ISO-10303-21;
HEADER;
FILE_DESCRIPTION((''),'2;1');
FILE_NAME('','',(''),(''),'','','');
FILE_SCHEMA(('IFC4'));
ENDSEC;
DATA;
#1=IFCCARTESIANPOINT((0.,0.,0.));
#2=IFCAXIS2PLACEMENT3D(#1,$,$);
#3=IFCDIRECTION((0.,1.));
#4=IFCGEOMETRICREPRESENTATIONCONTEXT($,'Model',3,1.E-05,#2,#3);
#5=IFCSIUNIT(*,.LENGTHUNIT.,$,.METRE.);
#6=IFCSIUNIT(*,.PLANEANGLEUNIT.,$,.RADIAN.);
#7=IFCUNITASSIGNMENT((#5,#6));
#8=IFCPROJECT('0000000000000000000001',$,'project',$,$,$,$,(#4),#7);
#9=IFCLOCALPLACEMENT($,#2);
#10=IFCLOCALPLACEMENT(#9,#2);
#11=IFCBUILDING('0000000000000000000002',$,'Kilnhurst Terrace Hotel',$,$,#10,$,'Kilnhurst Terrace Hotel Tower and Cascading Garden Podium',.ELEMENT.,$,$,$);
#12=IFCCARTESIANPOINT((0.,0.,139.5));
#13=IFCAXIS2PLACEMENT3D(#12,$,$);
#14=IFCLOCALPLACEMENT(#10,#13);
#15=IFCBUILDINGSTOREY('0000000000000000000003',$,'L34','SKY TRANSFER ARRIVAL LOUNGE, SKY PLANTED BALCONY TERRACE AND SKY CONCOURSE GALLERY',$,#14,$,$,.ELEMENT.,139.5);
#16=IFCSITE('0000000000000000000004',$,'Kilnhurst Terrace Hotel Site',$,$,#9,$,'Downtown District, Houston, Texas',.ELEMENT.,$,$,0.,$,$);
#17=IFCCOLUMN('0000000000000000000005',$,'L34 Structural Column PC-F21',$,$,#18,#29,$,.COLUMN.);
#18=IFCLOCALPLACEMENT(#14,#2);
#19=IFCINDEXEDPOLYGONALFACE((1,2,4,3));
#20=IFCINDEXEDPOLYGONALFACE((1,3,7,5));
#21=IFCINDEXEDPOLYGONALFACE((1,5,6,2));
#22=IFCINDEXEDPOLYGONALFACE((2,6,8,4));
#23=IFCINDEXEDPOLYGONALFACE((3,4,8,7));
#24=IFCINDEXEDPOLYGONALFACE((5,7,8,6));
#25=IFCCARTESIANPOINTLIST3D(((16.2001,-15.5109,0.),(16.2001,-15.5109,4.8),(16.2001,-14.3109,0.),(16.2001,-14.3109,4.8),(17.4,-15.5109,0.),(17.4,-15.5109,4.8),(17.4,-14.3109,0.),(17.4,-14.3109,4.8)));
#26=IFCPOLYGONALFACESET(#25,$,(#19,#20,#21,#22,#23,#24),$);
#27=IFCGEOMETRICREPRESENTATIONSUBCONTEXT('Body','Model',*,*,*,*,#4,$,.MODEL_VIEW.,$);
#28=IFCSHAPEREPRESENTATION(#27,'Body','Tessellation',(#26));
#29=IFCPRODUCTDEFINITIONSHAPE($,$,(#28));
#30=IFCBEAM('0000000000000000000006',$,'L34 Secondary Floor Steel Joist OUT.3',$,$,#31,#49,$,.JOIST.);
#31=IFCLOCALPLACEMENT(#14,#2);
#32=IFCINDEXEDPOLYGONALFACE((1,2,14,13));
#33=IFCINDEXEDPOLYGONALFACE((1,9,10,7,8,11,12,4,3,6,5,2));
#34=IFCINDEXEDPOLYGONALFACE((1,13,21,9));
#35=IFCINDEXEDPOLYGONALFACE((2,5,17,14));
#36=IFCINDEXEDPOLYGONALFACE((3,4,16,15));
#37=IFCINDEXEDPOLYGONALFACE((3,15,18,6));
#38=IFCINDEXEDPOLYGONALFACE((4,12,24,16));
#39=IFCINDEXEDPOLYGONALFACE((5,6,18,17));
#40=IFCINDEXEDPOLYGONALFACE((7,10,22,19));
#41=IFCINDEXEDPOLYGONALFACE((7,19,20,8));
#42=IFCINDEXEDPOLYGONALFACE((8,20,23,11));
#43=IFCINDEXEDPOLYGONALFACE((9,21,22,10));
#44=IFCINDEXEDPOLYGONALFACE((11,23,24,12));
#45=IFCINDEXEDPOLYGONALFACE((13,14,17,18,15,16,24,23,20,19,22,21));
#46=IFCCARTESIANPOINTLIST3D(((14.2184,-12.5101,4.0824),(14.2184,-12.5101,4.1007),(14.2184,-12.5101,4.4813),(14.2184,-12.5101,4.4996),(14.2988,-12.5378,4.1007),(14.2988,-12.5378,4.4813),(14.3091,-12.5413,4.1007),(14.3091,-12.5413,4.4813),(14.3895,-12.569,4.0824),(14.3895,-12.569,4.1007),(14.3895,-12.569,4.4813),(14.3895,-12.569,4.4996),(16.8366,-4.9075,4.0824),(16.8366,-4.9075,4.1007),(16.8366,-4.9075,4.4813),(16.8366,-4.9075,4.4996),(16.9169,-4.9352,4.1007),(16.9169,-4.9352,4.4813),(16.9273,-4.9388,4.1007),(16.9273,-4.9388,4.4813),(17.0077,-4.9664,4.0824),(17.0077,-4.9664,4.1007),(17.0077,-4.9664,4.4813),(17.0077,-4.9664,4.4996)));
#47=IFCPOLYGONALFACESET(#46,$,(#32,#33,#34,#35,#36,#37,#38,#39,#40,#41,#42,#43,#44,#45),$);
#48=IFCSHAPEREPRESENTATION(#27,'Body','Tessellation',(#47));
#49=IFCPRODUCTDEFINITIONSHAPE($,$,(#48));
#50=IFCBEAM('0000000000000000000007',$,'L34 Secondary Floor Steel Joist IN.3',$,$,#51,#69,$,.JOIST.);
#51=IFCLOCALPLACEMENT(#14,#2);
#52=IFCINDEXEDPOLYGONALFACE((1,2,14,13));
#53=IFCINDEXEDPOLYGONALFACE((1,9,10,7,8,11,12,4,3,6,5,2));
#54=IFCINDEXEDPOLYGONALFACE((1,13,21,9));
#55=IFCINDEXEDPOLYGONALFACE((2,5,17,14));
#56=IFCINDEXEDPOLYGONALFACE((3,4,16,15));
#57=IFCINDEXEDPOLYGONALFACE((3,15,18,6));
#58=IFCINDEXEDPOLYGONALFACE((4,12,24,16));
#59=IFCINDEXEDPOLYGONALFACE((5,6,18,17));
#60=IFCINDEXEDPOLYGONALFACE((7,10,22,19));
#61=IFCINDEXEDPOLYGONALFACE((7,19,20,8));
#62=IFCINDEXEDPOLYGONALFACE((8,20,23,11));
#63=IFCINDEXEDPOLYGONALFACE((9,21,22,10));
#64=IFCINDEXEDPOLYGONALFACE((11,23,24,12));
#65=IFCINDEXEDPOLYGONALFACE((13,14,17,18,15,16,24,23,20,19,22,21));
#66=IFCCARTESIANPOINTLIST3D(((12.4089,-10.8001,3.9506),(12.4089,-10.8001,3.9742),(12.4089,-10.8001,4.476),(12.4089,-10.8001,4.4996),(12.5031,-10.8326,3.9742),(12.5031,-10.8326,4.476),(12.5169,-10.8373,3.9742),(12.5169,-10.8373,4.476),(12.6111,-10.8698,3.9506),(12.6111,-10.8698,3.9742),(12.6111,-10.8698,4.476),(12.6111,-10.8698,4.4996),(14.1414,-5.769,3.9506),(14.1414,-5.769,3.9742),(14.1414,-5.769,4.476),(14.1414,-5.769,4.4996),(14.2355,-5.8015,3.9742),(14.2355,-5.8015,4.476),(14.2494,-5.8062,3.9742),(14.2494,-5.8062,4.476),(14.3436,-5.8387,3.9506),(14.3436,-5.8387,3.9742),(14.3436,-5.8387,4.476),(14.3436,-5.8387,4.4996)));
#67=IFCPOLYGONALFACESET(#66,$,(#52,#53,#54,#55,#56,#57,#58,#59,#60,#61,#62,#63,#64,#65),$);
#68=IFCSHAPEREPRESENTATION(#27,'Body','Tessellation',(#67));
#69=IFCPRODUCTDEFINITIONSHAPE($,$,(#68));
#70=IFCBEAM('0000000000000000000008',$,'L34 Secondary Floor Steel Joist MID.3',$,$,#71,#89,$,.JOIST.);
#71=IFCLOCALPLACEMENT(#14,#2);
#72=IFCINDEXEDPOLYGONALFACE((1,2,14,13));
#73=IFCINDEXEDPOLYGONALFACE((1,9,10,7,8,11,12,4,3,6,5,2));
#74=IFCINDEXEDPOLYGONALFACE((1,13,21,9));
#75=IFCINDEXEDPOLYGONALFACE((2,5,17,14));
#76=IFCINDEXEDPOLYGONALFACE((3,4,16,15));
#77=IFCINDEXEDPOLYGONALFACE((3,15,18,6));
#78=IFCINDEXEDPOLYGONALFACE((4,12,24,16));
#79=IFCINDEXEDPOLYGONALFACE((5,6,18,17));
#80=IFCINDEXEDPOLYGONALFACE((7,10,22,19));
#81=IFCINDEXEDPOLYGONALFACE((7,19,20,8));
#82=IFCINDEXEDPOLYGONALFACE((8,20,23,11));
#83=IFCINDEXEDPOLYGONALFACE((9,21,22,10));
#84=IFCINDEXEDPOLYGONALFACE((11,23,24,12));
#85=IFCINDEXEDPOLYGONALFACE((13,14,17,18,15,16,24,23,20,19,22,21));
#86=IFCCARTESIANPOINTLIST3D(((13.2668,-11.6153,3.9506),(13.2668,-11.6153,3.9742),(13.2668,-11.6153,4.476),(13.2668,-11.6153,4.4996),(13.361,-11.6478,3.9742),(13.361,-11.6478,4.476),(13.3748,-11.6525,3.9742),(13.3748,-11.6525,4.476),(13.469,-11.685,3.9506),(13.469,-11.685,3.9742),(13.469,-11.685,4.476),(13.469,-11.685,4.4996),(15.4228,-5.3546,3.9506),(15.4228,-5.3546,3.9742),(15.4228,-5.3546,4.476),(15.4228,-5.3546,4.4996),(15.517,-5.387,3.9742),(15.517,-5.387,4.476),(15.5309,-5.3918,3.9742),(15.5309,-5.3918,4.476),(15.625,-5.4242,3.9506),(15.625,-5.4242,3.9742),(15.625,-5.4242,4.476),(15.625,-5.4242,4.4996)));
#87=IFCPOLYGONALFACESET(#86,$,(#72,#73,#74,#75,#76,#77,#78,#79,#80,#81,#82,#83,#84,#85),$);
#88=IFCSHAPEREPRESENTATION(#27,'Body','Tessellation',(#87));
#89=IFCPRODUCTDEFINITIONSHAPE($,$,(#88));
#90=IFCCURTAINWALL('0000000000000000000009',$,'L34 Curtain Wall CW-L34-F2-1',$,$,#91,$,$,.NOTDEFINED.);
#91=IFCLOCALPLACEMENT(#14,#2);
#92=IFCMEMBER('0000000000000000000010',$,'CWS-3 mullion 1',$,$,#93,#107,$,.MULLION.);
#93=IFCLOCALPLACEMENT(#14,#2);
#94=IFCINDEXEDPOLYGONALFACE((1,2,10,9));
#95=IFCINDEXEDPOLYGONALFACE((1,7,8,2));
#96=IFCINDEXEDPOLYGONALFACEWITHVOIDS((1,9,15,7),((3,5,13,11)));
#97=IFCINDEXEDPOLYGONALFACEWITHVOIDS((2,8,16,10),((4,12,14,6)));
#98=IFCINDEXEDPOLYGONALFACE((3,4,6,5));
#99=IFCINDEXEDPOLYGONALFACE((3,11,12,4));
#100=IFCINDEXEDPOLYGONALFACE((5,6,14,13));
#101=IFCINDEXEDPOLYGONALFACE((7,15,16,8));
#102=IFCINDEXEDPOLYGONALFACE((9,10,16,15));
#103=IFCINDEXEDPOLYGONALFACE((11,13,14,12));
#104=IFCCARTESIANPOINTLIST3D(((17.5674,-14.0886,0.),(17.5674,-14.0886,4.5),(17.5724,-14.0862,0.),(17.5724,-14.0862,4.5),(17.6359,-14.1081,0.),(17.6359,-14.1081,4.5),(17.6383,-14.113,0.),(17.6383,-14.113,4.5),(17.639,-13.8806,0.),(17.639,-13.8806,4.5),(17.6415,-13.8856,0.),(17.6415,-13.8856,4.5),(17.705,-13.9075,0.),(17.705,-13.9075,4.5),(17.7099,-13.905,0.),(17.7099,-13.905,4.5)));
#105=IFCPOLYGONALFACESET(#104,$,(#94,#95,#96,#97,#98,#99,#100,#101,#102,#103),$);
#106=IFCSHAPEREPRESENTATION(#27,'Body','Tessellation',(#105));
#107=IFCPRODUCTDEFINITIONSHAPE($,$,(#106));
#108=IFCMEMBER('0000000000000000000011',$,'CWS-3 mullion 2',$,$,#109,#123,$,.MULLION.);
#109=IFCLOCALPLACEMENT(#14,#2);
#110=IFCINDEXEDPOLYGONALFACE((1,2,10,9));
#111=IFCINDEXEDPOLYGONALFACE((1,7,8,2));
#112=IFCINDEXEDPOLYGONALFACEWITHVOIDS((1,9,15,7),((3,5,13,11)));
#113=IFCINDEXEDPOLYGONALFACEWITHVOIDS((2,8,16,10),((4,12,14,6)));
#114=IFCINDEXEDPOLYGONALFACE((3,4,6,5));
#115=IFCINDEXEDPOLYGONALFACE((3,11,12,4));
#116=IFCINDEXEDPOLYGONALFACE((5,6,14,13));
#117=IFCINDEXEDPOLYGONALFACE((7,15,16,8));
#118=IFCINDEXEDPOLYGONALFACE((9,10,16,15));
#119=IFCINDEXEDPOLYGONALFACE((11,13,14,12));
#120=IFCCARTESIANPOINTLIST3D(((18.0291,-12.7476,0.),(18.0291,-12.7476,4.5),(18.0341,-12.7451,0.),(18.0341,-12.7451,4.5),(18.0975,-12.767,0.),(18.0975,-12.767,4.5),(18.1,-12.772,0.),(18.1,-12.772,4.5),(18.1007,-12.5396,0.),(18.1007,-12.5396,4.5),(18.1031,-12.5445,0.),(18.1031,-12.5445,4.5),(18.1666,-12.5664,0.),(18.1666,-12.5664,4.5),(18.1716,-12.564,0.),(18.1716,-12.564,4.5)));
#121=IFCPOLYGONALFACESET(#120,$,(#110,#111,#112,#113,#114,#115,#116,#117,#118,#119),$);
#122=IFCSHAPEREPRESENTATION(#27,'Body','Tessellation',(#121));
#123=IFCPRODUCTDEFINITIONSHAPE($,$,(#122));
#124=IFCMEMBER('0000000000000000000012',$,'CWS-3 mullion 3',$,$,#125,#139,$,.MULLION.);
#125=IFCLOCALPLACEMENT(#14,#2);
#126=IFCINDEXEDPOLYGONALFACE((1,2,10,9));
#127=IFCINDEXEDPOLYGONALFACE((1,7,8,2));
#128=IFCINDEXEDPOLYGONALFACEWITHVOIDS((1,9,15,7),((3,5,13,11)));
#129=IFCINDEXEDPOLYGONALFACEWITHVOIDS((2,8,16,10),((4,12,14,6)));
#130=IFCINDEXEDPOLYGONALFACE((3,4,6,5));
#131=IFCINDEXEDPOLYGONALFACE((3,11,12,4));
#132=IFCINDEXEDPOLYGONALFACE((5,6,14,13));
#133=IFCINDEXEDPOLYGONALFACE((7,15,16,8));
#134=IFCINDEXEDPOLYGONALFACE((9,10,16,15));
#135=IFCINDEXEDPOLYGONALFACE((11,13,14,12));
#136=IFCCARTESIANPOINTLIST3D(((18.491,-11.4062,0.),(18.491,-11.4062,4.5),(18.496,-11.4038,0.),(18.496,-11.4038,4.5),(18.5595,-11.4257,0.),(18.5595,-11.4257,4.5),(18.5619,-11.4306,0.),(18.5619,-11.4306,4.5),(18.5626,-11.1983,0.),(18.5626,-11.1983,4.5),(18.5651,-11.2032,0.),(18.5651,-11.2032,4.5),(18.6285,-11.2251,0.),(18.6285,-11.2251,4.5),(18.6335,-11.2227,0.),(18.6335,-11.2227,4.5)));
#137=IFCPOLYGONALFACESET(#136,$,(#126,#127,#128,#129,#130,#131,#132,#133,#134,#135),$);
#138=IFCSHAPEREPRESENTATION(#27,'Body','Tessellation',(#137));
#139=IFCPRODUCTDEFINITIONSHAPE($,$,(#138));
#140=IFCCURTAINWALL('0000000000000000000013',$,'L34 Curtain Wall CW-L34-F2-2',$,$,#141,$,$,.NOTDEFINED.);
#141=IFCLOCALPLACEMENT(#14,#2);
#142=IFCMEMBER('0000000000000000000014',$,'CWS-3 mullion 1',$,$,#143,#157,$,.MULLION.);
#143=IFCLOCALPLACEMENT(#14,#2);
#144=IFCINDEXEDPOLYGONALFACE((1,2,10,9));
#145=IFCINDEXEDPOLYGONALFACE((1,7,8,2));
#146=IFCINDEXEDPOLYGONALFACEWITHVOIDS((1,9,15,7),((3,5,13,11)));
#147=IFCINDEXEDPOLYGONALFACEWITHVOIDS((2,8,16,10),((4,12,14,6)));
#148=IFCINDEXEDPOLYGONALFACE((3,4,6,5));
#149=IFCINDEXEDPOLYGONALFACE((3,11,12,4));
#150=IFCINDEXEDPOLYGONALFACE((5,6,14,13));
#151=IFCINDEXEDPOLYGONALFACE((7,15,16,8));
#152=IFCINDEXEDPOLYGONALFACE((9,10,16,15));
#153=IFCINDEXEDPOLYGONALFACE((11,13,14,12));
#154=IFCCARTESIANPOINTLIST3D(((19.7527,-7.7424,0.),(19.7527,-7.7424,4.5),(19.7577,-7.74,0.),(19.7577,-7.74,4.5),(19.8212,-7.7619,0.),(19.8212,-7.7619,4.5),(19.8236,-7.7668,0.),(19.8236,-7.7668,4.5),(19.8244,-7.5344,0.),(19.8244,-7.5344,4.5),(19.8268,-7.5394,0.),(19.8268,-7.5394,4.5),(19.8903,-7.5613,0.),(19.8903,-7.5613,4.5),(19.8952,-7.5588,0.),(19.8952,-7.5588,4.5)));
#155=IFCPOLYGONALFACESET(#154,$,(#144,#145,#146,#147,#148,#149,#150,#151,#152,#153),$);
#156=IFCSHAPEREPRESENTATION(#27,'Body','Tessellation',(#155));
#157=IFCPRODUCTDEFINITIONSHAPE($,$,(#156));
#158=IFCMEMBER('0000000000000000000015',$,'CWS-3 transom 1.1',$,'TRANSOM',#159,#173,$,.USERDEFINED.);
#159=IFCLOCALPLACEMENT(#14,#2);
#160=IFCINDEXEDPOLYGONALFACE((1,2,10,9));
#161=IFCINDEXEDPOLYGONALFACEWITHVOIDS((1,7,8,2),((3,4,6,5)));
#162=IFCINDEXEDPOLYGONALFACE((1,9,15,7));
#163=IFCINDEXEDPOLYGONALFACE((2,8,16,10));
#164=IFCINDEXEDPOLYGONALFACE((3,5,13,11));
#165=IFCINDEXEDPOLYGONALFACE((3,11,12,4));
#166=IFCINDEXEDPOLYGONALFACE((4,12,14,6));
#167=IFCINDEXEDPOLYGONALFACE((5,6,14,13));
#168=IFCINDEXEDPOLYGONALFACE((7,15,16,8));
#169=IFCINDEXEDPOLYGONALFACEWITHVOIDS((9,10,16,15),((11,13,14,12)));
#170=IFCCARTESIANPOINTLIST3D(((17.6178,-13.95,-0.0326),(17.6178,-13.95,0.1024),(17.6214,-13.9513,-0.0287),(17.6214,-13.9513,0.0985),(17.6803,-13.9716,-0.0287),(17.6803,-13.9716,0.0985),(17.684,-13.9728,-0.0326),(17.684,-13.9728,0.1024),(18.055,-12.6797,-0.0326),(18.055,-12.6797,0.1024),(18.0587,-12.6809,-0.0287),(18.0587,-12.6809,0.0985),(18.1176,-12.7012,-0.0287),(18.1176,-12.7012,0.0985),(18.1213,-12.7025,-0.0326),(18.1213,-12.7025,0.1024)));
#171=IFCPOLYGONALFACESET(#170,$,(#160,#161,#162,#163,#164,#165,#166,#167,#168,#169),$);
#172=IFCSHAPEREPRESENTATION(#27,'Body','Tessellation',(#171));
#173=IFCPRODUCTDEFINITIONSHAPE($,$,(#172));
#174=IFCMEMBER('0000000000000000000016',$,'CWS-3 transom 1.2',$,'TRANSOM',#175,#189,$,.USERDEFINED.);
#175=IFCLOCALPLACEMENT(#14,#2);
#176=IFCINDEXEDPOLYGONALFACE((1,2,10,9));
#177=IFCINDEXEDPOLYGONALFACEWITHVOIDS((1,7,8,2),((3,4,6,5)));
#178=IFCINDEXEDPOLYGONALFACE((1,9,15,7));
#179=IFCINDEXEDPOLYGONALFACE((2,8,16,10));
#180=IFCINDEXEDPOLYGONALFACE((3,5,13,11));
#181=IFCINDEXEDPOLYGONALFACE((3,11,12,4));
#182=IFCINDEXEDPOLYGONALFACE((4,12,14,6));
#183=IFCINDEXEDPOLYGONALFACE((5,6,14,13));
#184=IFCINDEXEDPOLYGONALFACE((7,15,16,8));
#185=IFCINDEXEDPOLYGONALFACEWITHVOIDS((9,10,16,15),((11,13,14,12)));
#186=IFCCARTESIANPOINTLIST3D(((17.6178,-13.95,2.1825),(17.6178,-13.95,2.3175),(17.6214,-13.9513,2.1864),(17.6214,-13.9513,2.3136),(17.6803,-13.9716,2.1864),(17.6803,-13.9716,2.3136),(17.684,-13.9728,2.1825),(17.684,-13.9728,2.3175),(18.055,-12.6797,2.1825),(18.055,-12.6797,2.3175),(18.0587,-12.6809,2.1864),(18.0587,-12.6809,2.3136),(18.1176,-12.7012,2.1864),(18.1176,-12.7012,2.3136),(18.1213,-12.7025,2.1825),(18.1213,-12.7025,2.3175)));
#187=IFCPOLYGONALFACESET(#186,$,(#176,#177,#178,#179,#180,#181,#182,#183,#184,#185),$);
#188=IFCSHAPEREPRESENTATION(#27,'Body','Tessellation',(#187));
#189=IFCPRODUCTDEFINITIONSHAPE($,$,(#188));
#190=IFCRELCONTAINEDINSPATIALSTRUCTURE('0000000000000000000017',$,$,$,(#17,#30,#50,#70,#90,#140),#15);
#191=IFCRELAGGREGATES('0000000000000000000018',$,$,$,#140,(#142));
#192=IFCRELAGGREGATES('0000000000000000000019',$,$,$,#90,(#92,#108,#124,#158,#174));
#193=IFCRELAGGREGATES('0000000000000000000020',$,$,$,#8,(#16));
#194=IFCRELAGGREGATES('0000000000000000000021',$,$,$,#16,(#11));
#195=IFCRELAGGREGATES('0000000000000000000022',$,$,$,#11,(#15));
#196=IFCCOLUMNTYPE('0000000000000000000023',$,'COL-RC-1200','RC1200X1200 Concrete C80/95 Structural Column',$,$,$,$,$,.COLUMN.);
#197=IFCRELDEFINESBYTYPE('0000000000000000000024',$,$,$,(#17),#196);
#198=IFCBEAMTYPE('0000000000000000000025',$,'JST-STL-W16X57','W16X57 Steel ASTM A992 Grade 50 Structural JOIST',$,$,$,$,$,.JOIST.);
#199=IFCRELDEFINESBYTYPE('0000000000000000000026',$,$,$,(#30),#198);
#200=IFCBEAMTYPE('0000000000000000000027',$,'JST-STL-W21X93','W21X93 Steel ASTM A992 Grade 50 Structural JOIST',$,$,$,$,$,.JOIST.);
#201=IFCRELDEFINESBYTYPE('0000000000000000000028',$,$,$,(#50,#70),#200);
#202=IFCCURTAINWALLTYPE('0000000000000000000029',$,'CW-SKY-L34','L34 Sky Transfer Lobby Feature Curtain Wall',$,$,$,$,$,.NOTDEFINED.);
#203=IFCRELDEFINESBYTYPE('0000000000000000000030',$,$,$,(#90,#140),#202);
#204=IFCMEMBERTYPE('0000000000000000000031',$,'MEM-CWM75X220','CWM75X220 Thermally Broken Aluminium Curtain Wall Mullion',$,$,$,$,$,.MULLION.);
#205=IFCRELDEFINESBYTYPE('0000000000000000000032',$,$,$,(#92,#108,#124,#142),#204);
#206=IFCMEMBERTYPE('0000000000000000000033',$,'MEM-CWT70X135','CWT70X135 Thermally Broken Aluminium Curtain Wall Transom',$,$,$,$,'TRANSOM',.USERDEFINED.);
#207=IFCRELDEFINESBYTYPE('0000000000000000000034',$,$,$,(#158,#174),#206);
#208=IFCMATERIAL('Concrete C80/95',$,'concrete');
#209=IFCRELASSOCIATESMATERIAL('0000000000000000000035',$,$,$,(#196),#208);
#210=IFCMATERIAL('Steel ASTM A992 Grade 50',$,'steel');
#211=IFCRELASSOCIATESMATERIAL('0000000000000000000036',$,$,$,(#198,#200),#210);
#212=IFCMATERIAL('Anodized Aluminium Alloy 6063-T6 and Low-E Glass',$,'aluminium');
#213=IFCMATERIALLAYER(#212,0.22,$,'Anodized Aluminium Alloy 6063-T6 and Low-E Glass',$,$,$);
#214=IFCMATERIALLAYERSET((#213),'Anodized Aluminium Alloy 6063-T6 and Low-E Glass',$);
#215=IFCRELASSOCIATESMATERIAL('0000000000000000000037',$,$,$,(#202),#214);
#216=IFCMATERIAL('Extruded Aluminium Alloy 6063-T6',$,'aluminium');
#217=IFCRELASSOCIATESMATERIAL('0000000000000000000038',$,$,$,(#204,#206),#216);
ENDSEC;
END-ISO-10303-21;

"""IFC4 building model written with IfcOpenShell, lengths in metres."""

from ifc_helpers import new_model, si_unit, direction, frame, origin, origin_2d, place, context, subcontext, project, spatial, rectangle, hollow_rectangle, i_section, extrude, material, layer, layer_set, material_profile, profile_set, type_object, element, aggregate, save


model = new_model("IFC4")

# Units and contexts
model_context = context("Model", 3, precision=1e-05, world=origin(), true_north=direction((0.0, 1.0)))
body_context = subcontext(model_context, "Body", "Model", "MODEL_VIEW")
ifc_project = project(units=[si_unit("LENGTHUNIT", "METRE"), si_unit("PLANEANGLEUNIT", "RADIAN")], contexts=[model_context])

# Site, building, storey
site_placement = place(None, origin())
site = spatial("IfcSite", under=ifc_project, at=site_placement, Name="Kilnhurst Terrace Hotel Site", LongName="Downtown District, Houston, Texas", CompositionType="ELEMENT", RefElevation=0.0)
building_placement = place(site_placement, origin())
building = spatial("IfcBuilding", under=site, at=building_placement, Name="Kilnhurst Terrace Hotel", LongName="Kilnhurst Terrace Hotel Tower and Cascading Garden Podium", CompositionType="ELEMENT")
storey_placement = place(building_placement, frame((0.0, 0.0, 139.5)))
storey = spatial("IfcBuildingStorey", under=building, at=storey_placement, Name="L34", Description="SKY TRANSFER ARRIVAL LOUNGE, SKY PLANTED BALCONY TERRACE AND SKY CONCOURSE GALLERY", CompositionType="ELEMENT", Elevation=139.5)

# Column
ifc_material_1 = material(Name="Concrete C80/95", Category="concrete")
ifc_material_profile_1 = material_profile(ifc_material_1, rectangle(XDim=1.2, YDim=1.2, at=origin_2d()), Name="RC1200X1200")
ifc_profile_set_1 = profile_set([ifc_material_profile_1], Name="Concrete C80/95")
column_type = type_object("IfcColumnType", Name="COL-RC-1200", Description="RC1200X1200 Concrete C80/95 Structural Column", PredefinedType="COLUMN", material=ifc_profile_set_1)
column_placement = place(storey_placement, frame((16.8, -14.9109, 0.0), z_axis=(0.0, 0.0, 1.0), x_axis=(1.0, 0.0, 0.0)))
element("IfcColumn", 1, at=column_placement, inside=storey, type_object=column_type, Name="L34 Structural Column PC-F21", PredefinedType="COLUMN", context=body_context, shape_type="SweptSolid", body=[
    extrude(rectangle(XDim=1.2, YDim=1.2, at=origin_2d()), origin(), (0.0, 0.0, 1.0), 4.8),
])

# Beams
ifc_material_2 = material(Name="Steel ASTM A992 Grade 50", Category="steel")
ifc_material_profile_2 = material_profile(ifc_material_2, i_section(OverallWidth=0.1809, OverallDepth=0.4172, WebThickness=0.011, FlangeThickness=0.0183, at=origin_2d()), Name="W16X57")
ifc_profile_set_2 = profile_set([ifc_material_profile_2], Name="Steel ASTM A992 Grade 50")
beam_type_1 = type_object("IfcBeamType", Name="JST-STL-W16X57", Description="W16X57 Steel ASTM A992 Grade 50 Structural JOIST", PredefinedType="JOIST", material=ifc_profile_set_2)
beam_1_placement = place(storey_placement, frame((14.304, -12.5396, 4.291), z_axis=(0.325613, 0.945503, 0.0), x_axis=(-0.945503, 0.325613, 0.0)))
element("IfcBeam", 2, at=beam_1_placement, inside=storey, type_object=beam_type_1, Name="L34 Secondary Floor Steel Joist OUT.3", PredefinedType="JOIST", context=body_context, shape_type="SweptSolid", body=[
    extrude(i_section(OverallWidth=0.1809, OverallDepth=0.4172, WebThickness=0.011, FlangeThickness=0.0183, at=origin_2d()), origin(), (0.0, 0.0, 1.0), 8.0408),
])
ifc_material_profile_3 = material_profile(ifc_material_2, i_section(OverallWidth=0.2139, OverallDepth=0.5491, WebThickness=0.0146, FlangeThickness=0.0237, at=origin_2d()), Name="W21X93")
ifc_profile_set_3 = profile_set([ifc_material_profile_3], Name="Steel ASTM A992 Grade 50")
beam_type_2 = type_object("IfcBeamType", Name="JST-STL-W21X93", Description="W21X93 Steel ASTM A992 Grade 50 Structural JOIST", PredefinedType="JOIST", material=ifc_profile_set_3)
beam_2_placement = place(storey_placement, frame((12.51, -10.835, 4.2251), z_axis=(0.325586, 0.945512, 0.0), x_axis=(-0.945512, 0.325586, 0.0)))
element("IfcBeam", 3, at=beam_2_placement, inside=storey, type_object=beam_type_2, Name="L34 Secondary Floor Steel Joist IN.3", PredefinedType="JOIST", context=body_context, shape_type="SweptSolid", body=[
    extrude(i_section(OverallWidth=0.2139, OverallDepth=0.5491, WebThickness=0.0146, FlangeThickness=0.0237, at=origin_2d()), origin(), (0.0, 0.0, 1.0), 5.321),
])
beam_3_placement = place(storey_placement, frame((13.3679, -11.6501, 4.2251), z_axis=(0.325603, 0.945507, 0.0), x_axis=(-0.945507, 0.325603, 0.0)))
element("IfcBeam", 4, at=beam_3_placement, inside=storey, type_object=beam_type_2, Name="L34 Secondary Floor Steel Joist MID.3", PredefinedType="JOIST", context=body_context, shape_type="SweptSolid", body=[
    extrude(i_section(OverallWidth=0.2139, OverallDepth=0.5491, WebThickness=0.0146, FlangeThickness=0.0237, at=origin_2d()), origin(), (0.0, 0.0, 1.0), 6.6216),
])

# Curtain wall, members
ifc_material_3 = material(Name="Anodized Aluminium Alloy 6063-T6 and Low-E Glass", Category="aluminium")
ifc_layer_1 = layer(ifc_material_3, 0.22, Name="Anodized Aluminium Alloy 6063-T6 and Low-E Glass")
ifc_layer_set_1 = layer_set([ifc_layer_1], Name="Anodized Aluminium Alloy 6063-T6 and Low-E Glass")
curtain_wall_type = type_object("IfcCurtainWallType", Name="CW-SKY-L34", Description="L34 Sky Transfer Lobby Feature Curtain Wall", PredefinedType="NOTDEFINED", material=ifc_layer_set_1)
curtain_wall_1_placement = place(storey_placement, origin())
curtain_wall_1 = element("IfcCurtainWall", 5, at=curtain_wall_1_placement, inside=storey, type_object=curtain_wall_type, Name="L34 Curtain Wall CW-L34-F2-1", PredefinedType="NOTDEFINED")
ifc_material_4 = material(Name="Extruded Aluminium Alloy 6063-T6", Category="aluminium")
ifc_material_profile_4 = material_profile(ifc_material_4, hollow_rectangle(XDim=0.075, YDim=0.22, WallThickness=0.0039, at=origin_2d()), Name="CWM75X220")
ifc_profile_set_4 = profile_set([ifc_material_profile_4], Name="Extruded Aluminium Alloy 6063-T6")
member_type_1 = type_object("IfcMemberType", Name="MEM-CWM75X220", Description="CWM75X220 Thermally Broken Aluminium Curtain Wall Mullion", PredefinedType="MULLION", material=ifc_profile_set_4)
member_1_placement = place(storey_placement, frame((17.6387, -13.9968, 0.0), z_axis=(0.0, 0.0, 1.0), x_axis=(-0.945512, 0.325587, 0.0)))
member_1 = element("IfcMember", 6, at=member_1_placement, type_object=member_type_1, Name="CWS-3 mullion 1", PredefinedType="MULLION", context=body_context, shape_type="SweptSolid", body=[
    extrude(hollow_rectangle(XDim=0.075, YDim=0.22, WallThickness=0.0039, at=origin_2d()), origin(), (0.0, 0.0, 1.0), 4.5),
])
member_2_placement = place(storey_placement, frame((18.1003, -12.6558, 0.0), z_axis=(0.0, 0.0, 1.0), x_axis=(-0.945512, 0.325587, 0.0)))
member_2 = element("IfcMember", 7, at=member_2_placement, type_object=member_type_1, Name="CWS-3 mullion 2", PredefinedType="MULLION", context=body_context, shape_type="SweptSolid", body=[
    extrude(hollow_rectangle(XDim=0.075, YDim=0.22, WallThickness=0.0039, at=origin_2d()), origin(), (0.0, 0.0, 1.0), 4.5),
])
member_3_placement = place(storey_placement, frame((18.5623, -11.3145, 0.0), z_axis=(0.0, 0.0, 1.0), x_axis=(-0.945512, 0.325587, 0.0)))
member_3 = element("IfcMember", 8, at=member_3_placement, type_object=member_type_1, Name="CWS-3 mullion 3", PredefinedType="MULLION", context=body_context, shape_type="SweptSolid", body=[
    extrude(hollow_rectangle(XDim=0.075, YDim=0.22, WallThickness=0.0039, at=origin_2d()), origin(), (0.0, 0.0, 1.0), 4.5),
])

# Curtain wall, member
curtain_wall_2_placement = place(storey_placement, origin())
curtain_wall_2 = element("IfcCurtainWall", 9, at=curtain_wall_2_placement, inside=storey, type_object=curtain_wall_type, Name="L34 Curtain Wall CW-L34-F2-2", PredefinedType="NOTDEFINED")
member_4_placement = place(storey_placement, frame((19.824, -7.6506, 0.0), z_axis=(0.0, 0.0, 1.0), x_axis=(-0.945512, 0.325587, 0.0)))
member_4 = element("IfcMember", 10, at=member_4_placement, type_object=member_type_1, Name="CWS-3 mullion 1", PredefinedType="MULLION", context=body_context, shape_type="SweptSolid", body=[
    extrude(hollow_rectangle(XDim=0.075, YDim=0.22, WallThickness=0.0039, at=origin_2d()), origin(), (0.0, 0.0, 1.0), 4.5),
])
aggregate(curtain_wall_2, [member_4])

# Members
ifc_material_profile_5 = material_profile(ifc_material_4, hollow_rectangle(XDim=0.0701, YDim=0.135, WallThickness=0.0039, at=origin_2d()), Name="CWT70X135")
ifc_profile_set_5 = profile_set([ifc_material_profile_5], Name="Extruded Aluminium Alloy 6063-T6")
member_type_2 = type_object("IfcMemberType", Name="MEM-CWT70X135", Description="CWT70X135 Thermally Broken Aluminium Curtain Wall Transom", ElementType="TRANSOM", PredefinedType="USERDEFINED", material=ifc_profile_set_5)
member_5_placement = place(storey_placement, frame((17.6509, -13.9614, 0.0349), z_axis=(0.325481, 0.945549, 0.0), x_axis=(-0.945549, 0.325481, 0.0)))
member_5 = element("IfcMember", 11, at=member_5_placement, type_object=member_type_2, Name="CWS-3 transom 1.1", ObjectType="TRANSOM", PredefinedType="USERDEFINED", context=body_context, shape_type="SweptSolid", body=[
    extrude(hollow_rectangle(XDim=0.0701, YDim=0.135, WallThickness=0.0039, at=origin_2d()), origin(), (0.0, 0.0, 1.0), 1.3435),
])
member_6_placement = place(storey_placement, frame((17.6509, -13.9614, 2.25), z_axis=(0.325481, 0.945549, 0.0), x_axis=(-0.945549, 0.325481, 0.0)))
member_6 = element("IfcMember", 12, at=member_6_placement, type_object=member_type_2, Name="CWS-3 transom 1.2", ObjectType="TRANSOM", PredefinedType="USERDEFINED", context=body_context, shape_type="SweptSolid", body=[
    extrude(hollow_rectangle(XDim=0.0701, YDim=0.135, WallThickness=0.0039, at=origin_2d()), origin(), (0.0, 0.0, 1.0), 1.3435),
])

aggregate(curtain_wall_1, [member_1, member_2, member_3, member_5, member_6])

save(model, "model.ifc")
